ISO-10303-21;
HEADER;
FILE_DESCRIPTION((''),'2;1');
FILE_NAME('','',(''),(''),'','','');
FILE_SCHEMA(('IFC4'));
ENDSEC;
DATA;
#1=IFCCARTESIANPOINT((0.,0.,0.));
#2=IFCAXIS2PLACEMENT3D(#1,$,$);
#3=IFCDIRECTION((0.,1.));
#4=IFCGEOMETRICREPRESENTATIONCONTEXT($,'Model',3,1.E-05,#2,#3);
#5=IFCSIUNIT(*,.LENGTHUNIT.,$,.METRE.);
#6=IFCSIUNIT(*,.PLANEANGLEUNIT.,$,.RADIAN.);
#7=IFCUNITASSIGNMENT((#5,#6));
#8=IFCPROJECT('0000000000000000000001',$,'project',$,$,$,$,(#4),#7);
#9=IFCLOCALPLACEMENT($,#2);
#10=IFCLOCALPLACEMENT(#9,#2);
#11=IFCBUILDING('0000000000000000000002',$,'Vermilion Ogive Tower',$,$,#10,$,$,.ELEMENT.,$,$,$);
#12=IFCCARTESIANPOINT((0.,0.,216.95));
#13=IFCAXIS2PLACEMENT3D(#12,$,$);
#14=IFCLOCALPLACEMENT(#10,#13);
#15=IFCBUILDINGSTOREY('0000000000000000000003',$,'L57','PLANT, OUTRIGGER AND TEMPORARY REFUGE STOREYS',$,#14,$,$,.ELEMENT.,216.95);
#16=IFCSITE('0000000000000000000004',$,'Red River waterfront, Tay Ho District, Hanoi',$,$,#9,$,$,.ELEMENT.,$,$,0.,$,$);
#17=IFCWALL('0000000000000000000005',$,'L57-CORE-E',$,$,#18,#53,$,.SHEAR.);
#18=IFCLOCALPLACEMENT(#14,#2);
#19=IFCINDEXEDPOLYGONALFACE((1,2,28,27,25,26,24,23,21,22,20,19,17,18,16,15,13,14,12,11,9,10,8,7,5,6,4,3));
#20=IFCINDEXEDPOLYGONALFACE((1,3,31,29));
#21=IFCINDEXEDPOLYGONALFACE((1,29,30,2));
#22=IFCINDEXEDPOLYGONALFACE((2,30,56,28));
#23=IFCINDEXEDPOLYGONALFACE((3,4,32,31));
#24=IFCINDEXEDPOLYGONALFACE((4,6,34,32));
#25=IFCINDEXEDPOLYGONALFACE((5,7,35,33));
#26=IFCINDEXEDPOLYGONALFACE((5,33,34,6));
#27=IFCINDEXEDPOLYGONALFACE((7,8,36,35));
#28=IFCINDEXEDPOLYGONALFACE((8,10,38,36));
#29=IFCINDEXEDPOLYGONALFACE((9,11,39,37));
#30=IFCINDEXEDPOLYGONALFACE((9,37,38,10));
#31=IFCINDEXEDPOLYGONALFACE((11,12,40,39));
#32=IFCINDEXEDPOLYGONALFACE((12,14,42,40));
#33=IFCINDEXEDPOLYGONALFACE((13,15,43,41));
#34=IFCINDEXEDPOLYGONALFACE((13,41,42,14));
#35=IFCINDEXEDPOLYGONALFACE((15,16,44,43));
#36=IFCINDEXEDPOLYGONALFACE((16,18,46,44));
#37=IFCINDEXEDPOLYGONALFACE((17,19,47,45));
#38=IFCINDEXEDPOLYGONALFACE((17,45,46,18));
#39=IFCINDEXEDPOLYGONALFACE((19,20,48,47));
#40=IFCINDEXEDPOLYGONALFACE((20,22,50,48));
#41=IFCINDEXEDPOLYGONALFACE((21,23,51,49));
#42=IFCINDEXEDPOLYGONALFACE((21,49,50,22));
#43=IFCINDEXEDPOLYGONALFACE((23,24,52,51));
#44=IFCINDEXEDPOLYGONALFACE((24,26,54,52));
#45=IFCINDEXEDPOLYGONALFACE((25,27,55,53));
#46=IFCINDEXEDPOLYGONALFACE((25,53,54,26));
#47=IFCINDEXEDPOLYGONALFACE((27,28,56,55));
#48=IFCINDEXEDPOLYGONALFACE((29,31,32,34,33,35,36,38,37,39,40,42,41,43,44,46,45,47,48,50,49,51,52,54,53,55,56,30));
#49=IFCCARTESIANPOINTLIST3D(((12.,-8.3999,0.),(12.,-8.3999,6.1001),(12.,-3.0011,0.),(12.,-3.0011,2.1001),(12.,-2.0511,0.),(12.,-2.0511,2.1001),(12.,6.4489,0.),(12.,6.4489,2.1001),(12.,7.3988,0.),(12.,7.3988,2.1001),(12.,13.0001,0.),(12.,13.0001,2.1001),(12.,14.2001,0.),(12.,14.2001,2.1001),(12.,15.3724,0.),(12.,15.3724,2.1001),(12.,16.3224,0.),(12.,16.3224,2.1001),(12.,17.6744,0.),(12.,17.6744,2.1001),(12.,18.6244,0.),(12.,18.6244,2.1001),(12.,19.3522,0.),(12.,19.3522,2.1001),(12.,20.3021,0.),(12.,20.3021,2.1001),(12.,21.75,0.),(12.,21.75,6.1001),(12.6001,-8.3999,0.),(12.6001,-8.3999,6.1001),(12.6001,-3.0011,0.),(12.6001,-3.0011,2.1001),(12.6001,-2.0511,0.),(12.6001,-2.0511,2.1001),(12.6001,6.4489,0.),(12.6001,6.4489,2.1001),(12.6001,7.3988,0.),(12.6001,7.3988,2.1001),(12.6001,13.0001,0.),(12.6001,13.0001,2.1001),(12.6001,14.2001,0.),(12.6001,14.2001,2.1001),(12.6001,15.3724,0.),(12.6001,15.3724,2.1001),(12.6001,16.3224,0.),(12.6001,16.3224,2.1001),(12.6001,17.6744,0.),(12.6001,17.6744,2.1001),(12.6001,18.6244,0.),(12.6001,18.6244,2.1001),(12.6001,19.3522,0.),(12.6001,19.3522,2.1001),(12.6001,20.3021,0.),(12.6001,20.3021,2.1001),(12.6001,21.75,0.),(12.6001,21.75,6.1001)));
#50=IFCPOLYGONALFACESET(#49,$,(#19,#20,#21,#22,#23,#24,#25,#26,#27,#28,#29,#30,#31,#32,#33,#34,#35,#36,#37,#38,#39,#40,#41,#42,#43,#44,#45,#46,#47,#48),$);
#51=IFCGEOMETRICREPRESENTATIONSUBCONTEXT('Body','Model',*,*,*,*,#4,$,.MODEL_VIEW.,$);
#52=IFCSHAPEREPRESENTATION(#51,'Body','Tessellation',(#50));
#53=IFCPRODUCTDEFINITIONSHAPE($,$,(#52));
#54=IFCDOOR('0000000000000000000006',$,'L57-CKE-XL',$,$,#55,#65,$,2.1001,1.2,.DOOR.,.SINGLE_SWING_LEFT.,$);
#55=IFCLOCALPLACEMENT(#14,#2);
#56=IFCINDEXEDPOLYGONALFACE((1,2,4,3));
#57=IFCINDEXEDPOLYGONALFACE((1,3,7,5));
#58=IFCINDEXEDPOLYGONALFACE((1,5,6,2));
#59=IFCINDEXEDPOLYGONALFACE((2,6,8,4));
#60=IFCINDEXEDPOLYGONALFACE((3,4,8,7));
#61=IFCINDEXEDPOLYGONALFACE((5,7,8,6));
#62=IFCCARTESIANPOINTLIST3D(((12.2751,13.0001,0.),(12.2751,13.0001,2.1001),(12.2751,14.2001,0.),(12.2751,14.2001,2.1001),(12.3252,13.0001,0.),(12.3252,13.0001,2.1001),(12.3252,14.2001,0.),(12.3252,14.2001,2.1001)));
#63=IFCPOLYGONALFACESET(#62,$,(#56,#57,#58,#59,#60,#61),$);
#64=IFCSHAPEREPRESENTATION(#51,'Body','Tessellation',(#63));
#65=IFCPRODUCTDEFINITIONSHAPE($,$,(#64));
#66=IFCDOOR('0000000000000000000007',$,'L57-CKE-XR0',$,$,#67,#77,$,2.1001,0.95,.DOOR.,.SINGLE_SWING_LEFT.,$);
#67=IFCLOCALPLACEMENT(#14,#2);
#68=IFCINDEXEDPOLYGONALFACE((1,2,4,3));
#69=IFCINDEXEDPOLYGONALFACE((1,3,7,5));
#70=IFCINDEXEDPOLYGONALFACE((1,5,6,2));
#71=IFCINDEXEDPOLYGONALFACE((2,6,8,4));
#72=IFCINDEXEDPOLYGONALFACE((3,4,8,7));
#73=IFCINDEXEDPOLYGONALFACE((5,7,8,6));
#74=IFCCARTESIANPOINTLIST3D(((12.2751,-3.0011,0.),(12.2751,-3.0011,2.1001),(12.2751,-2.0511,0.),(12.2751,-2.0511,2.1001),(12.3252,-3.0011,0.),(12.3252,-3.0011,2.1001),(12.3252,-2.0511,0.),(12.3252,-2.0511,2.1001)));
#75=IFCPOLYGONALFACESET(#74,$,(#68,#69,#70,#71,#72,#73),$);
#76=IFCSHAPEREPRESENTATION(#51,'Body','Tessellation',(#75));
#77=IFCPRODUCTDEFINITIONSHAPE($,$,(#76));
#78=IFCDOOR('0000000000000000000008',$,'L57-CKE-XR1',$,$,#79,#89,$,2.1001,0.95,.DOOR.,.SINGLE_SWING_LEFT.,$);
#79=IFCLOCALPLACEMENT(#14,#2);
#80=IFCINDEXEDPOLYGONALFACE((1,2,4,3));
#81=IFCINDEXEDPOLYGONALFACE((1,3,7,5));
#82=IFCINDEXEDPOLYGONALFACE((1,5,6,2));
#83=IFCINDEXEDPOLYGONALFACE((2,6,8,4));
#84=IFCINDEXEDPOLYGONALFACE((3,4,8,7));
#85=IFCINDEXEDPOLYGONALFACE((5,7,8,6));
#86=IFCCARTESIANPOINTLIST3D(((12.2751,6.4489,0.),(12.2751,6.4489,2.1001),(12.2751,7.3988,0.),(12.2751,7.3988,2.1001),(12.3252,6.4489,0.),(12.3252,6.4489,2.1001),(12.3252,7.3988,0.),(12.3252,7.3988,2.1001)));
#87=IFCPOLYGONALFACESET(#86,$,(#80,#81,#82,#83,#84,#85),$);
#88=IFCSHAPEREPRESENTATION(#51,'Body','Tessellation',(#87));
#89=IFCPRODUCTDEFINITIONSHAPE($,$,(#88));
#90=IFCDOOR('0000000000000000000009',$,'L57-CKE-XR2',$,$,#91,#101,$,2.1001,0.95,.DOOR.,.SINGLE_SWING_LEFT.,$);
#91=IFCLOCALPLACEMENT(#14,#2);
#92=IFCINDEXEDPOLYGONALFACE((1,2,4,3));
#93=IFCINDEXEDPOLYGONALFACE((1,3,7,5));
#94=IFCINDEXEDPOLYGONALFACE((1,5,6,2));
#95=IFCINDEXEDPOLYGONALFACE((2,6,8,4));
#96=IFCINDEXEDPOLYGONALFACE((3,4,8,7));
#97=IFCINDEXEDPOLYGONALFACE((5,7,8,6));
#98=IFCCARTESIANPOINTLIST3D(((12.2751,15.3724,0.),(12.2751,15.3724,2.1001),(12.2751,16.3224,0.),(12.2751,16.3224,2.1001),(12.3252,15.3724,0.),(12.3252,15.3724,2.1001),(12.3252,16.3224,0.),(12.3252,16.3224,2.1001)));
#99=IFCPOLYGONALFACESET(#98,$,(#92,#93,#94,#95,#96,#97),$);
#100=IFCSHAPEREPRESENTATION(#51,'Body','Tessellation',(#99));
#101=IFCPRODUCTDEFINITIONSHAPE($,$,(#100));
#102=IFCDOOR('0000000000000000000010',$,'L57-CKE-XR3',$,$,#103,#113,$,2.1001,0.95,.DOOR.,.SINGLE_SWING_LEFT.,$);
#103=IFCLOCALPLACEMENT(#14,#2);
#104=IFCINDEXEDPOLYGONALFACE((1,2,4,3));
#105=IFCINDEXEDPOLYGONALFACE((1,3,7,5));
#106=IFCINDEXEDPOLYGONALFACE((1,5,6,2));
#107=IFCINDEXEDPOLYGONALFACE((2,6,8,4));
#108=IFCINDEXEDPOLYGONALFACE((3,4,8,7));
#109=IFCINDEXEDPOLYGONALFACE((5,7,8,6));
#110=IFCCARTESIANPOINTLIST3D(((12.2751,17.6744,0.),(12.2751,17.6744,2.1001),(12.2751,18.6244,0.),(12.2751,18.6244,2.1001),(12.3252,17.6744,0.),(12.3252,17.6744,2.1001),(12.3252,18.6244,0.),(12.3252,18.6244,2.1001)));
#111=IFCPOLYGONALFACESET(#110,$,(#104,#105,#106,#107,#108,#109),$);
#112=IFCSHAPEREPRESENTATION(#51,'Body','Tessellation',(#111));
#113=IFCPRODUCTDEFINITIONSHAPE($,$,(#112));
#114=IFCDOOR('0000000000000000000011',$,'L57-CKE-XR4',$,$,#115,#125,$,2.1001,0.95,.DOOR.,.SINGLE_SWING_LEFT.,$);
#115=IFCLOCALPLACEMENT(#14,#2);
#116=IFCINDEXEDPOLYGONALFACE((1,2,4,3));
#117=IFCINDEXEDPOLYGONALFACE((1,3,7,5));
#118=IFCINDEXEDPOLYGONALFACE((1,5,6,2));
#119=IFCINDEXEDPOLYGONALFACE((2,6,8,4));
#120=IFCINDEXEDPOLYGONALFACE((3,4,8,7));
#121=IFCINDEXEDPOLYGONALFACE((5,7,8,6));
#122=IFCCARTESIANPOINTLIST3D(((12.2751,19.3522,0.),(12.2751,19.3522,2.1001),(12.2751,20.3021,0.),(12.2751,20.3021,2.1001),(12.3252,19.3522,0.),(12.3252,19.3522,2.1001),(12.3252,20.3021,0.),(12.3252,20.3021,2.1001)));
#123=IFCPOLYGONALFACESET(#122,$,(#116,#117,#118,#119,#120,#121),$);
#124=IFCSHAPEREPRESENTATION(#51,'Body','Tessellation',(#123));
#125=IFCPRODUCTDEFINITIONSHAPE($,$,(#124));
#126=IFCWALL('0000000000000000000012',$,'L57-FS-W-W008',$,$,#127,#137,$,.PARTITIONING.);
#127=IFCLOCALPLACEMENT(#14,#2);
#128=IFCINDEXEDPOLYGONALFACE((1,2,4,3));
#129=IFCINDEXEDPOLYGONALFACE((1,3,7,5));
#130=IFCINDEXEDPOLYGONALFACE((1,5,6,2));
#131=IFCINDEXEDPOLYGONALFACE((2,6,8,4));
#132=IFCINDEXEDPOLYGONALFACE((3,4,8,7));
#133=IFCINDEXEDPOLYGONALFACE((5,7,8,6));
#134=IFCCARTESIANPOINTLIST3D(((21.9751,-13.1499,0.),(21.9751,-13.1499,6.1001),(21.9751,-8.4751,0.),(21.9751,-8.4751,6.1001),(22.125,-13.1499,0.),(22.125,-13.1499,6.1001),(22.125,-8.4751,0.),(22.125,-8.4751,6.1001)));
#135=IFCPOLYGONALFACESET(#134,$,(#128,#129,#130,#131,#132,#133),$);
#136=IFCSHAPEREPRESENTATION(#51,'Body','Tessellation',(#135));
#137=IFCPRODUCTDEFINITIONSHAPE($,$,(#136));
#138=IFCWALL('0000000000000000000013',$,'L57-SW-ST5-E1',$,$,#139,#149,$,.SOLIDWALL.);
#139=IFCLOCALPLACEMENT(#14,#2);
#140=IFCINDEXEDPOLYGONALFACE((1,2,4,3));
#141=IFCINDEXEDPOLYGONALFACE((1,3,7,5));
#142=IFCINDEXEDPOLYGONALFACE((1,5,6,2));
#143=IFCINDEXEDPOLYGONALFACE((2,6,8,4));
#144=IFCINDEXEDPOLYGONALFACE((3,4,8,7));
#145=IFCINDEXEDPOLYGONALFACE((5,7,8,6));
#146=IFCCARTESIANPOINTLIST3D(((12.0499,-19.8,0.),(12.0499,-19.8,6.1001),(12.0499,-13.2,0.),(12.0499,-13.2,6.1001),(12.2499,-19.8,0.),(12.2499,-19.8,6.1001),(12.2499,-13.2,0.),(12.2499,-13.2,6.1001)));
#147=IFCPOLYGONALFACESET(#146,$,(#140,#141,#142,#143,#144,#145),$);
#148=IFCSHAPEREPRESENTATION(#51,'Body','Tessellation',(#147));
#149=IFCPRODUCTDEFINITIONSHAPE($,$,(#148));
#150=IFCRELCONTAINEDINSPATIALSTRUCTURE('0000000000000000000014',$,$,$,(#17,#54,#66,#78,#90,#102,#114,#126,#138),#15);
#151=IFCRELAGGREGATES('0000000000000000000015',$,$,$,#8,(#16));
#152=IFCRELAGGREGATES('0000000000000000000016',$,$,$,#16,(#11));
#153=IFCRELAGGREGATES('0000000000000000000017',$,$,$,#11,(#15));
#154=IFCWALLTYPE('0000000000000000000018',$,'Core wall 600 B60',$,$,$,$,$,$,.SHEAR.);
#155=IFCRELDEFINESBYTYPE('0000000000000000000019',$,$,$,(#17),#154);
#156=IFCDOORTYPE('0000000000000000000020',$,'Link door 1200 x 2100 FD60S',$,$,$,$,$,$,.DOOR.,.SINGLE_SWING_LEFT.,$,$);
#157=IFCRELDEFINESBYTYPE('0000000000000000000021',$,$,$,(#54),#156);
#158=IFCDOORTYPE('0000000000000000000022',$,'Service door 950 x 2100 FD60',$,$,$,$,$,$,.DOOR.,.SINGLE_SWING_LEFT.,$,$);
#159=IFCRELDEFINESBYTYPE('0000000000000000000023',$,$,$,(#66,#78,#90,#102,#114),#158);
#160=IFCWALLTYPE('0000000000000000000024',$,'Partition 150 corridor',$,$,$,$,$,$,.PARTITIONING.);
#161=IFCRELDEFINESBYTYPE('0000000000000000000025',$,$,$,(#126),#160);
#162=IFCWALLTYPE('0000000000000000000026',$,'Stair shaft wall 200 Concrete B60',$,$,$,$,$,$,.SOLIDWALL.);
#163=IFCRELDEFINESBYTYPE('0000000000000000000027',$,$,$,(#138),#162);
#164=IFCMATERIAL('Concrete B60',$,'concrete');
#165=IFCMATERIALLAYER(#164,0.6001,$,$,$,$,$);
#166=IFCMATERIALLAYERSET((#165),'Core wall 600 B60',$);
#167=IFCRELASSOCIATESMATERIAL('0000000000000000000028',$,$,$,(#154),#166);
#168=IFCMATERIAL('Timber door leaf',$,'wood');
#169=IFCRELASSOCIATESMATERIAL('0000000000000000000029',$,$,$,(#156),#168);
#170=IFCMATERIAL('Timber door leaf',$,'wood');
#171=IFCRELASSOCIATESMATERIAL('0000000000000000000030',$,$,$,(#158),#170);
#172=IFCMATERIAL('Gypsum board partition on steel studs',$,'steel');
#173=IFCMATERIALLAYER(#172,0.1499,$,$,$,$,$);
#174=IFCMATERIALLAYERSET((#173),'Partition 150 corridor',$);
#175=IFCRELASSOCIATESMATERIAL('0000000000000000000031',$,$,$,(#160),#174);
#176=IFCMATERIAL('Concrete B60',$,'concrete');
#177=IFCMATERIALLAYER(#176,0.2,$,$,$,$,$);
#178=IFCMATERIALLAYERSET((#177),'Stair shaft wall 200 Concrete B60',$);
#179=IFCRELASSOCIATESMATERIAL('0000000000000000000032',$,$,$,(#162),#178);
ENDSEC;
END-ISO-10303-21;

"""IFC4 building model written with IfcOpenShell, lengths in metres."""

from ifc_helpers import new_model, si_unit, direction, frame, frame_2d, origin, place, context, subcontext, project, spatial, rectangle, extrude, material, layer, layer_set, type_object, element, fill, save


model = new_model("IFC4")

# Units and contexts
model_context = context("Model", 3, precision=1e-05, world=origin(), true_north=direction((0.0, 1.0)))
body_context = subcontext(model_context, "Body", "Model", "MODEL_VIEW")
ifc_project = project(units=[si_unit("LENGTHUNIT", "METRE"), si_unit("PLANEANGLEUNIT", "RADIAN")], contexts=[model_context])

# Site, building, storey
site_placement = place(None, origin())
site = spatial("IfcSite", under=ifc_project, at=site_placement, Name="Red River waterfront, Tay Ho District, Hanoi", CompositionType="ELEMENT", RefElevation=0.0)
building_placement = place(site_placement, origin())
building = spatial("IfcBuilding", under=site, at=building_placement, Name="Vermilion Ogive Tower", CompositionType="ELEMENT")
storey_placement = place(building_placement, frame((0.0, 0.0, 216.95)))
storey = spatial("IfcBuildingStorey", under=building, at=storey_placement, Name="L57", Description="PLANT, OUTRIGGER AND TEMPORARY REFUGE STOREYS", CompositionType="ELEMENT", Elevation=216.95)

# Wall, openings, doors
ifc_material_1 = material(Name="Concrete B60", Category="concrete")
ifc_layer_1 = layer(ifc_material_1, 0.6001)
ifc_layer_set_1 = layer_set([ifc_layer_1], Name="Core wall 600 B60")
wall_type_1 = type_object("IfcWallType", Name="Core wall 600 B60", PredefinedType="SHEAR", material=ifc_layer_set_1)
wall_1_placement = place(storey_placement, frame((12.3, -8.3999, 0.0), z_axis=(0.0, 0.0, 1.0), x_axis=(0.0, 1.0, 0.0)))
wall_1 = element("IfcWall", 1, at=wall_1_placement, inside=storey, type_object=wall_type_1, Name="L57-CORE-E", PredefinedType="SHEAR", context=body_context, shape_type="SweptSolid", body=[
    extrude(rectangle(XDim=30.1499, YDim=0.6001, at=frame_2d((15.075, 0.0))), origin(), (0.0, 0.0, 1.0), 6.1001),
])
opening_1_placement = place(wall_1_placement, frame((5.3987, 0.0, 0.0)))
opening_1 = element("IfcOpeningElement", 2, at=opening_1_placement, cuts=wall_1, PredefinedType="OPENING", context=body_context, shape_type="SweptSolid", body=[
    extrude(rectangle(XDim=0.95, YDim=2.1001, at=frame_2d((0.4751, 1.05))), frame((0.0, 0.3101, 0.0), z_axis=(0.0, -1.0, 0.0), x_axis=(1.0, 0.0, 0.0)), (0.0, 0.0, 1.0), 0.6201),
])
opening_2_placement = place(wall_1_placement, frame((14.8486, 0.0, 0.0)))
opening_2 = element("IfcOpeningElement", 3, at=opening_2_placement, cuts=wall_1, PredefinedType="OPENING", context=body_context, shape_type="SweptSolid", body=[
    extrude(rectangle(XDim=0.95, YDim=2.1001, at=frame_2d((0.4751, 1.05))), frame((0.0, 0.3101, 0.0), z_axis=(0.0, -1.0, 0.0), x_axis=(1.0, 0.0, 0.0)), (0.0, 0.0, 1.0), 0.6201),
])
opening_3_placement = place(wall_1_placement, frame((23.7722, 0.0, 0.0)))
opening_3 = element("IfcOpeningElement", 4, at=opening_3_placement, cuts=wall_1, PredefinedType="OPENING", context=body_context, shape_type="SweptSolid", body=[
    extrude(rectangle(XDim=0.95, YDim=2.1001, at=frame_2d((0.4751, 1.05))), frame((0.0, 0.3101, 0.0), z_axis=(0.0, -1.0, 0.0), x_axis=(1.0, 0.0, 0.0)), (0.0, 0.0, 1.0), 0.6201),
])
opening_4_placement = place(wall_1_placement, frame((26.0742, 0.0, 0.0)))
opening_4 = element("IfcOpeningElement", 5, at=opening_4_placement, cuts=wall_1, PredefinedType="OPENING", context=body_context, shape_type="SweptSolid", body=[
    extrude(rectangle(XDim=0.95, YDim=2.1001, at=frame_2d((0.4751, 1.05))), frame((0.0, 0.3101, 0.0), z_axis=(0.0, -1.0, 0.0), x_axis=(1.0, 0.0, 0.0)), (0.0, 0.0, 1.0), 0.6201),
])
opening_5_placement = place(wall_1_placement, frame((27.752, 0.0, 0.0)))
opening_5 = element("IfcOpeningElement", 6, at=opening_5_placement, cuts=wall_1, PredefinedType="OPENING", context=body_context, shape_type="SweptSolid", body=[
    extrude(rectangle(XDim=0.95, YDim=2.1001, at=frame_2d((0.4751, 1.05))), frame((0.0, 0.3101, 0.0), z_axis=(0.0, -1.0, 0.0), x_axis=(1.0, 0.0, 0.0)), (0.0, 0.0, 1.0), 0.6201),
])
opening_6_placement = place(wall_1_placement, frame((21.3999, 0.0, 0.0)))
opening_6 = element("IfcOpeningElement", 7, at=opening_6_placement, cuts=wall_1, PredefinedType="OPENING", context=body_context, shape_type="SweptSolid", body=[
    extrude(rectangle(XDim=1.2, YDim=2.1001, at=frame_2d((0.6001, 1.05))), frame((0.0, 0.3101, 0.0), z_axis=(0.0, -1.0, 0.0), x_axis=(1.0, 0.0, 0.0)), (0.0, 0.0, 1.0), 0.6201),
])
ifc_material_2 = material(Name="Timber door leaf", Category="wood")
door_type_1 = type_object("IfcDoorType", Name="Link door 1200 x 2100 FD60S", OperationType="SINGLE_SWING_LEFT", PredefinedType="DOOR", material=ifc_material_2)
door_1_placement = place(opening_6_placement, origin())
door_1 = element("IfcDoor", 8, at=door_1_placement, inside=storey, type_object=door_type_1, Name="L57-CKE-XL", OperationType="SINGLE_SWING_LEFT", OverallHeight=2.1001, OverallWidth=1.2, PredefinedType="DOOR", context=body_context, shape_type="SweptSolid", body=[
    extrude(rectangle(XDim=1.2, YDim=2.1001, at=frame_2d((0.6001, 1.05))), frame((0.0, 0.0249, 0.0), z_axis=(0.0, -1.0, 0.0), x_axis=(1.0, 0.0, 0.0)), (0.0, 0.0, 1.0), 0.05),
])
fill(opening_6, door_1)
ifc_material_3 = material(Name="Timber door leaf", Category="wood")
door_type_2 = type_object("IfcDoorType", Name="Service door 950 x 2100 FD60", OperationType="SINGLE_SWING_LEFT", PredefinedType="DOOR", material=ifc_material_3)
door_2_placement = place(opening_1_placement, origin())
door_2 = element("IfcDoor", 9, at=door_2_placement, inside=storey, type_object=door_type_2, Name="L57-CKE-XR0", OperationType="SINGLE_SWING_LEFT", OverallHeight=2.1001, OverallWidth=0.95, PredefinedType="DOOR", context=body_context, shape_type="SweptSolid", body=[
    extrude(rectangle(XDim=0.95, YDim=2.1001, at=frame_2d((0.4751, 1.05))), frame((0.0, 0.0249, 0.0), z_axis=(0.0, -1.0, 0.0), x_axis=(1.0, 0.0, 0.0)), (0.0, 0.0, 1.0), 0.05),
])
fill(opening_1, door_2)
door_3_placement = place(opening_2_placement, origin())
door_3 = element("IfcDoor", 10, at=door_3_placement, inside=storey, type_object=door_type_2, Name="L57-CKE-XR1", OperationType="SINGLE_SWING_LEFT", OverallHeight=2.1001, OverallWidth=0.95, PredefinedType="DOOR", context=body_context, shape_type="SweptSolid", body=[
    extrude(rectangle(XDim=0.95, YDim=2.1001, at=frame_2d((0.4751, 1.05))), frame((0.0, 0.0249, 0.0), z_axis=(0.0, -1.0, 0.0), x_axis=(1.0, 0.0, 0.0)), (0.0, 0.0, 1.0), 0.05),
])
fill(opening_2, door_3)
door_4_placement = place(opening_3_placement, origin())
door_4 = element("IfcDoor", 11, at=door_4_placement, inside=storey, type_object=door_type_2, Name="L57-CKE-XR2", OperationType="SINGLE_SWING_LEFT", OverallHeight=2.1001, OverallWidth=0.95, PredefinedType="DOOR", context=body_context, shape_type="SweptSolid", body=[
    extrude(rectangle(XDim=0.95, YDim=2.1001, at=frame_2d((0.4751, 1.05))), frame((0.0, 0.0249, 0.0), z_axis=(0.0, -1.0, 0.0), x_axis=(1.0, 0.0, 0.0)), (0.0, 0.0, 1.0), 0.05),
])
fill(opening_3, door_4)
door_5_placement = place(opening_4_placement, origin())
door_5 = element("IfcDoor", 12, at=door_5_placement, inside=storey, type_object=door_type_2, Name="L57-CKE-XR3", OperationType="SINGLE_SWING_LEFT", OverallHeight=2.1001, OverallWidth=0.95, PredefinedType="DOOR", context=body_context, shape_type="SweptSolid", body=[
    extrude(rectangle(XDim=0.95, YDim=2.1001, at=frame_2d((0.4751, 1.05))), frame((0.0, 0.0249, 0.0), z_axis=(0.0, -1.0, 0.0), x_axis=(1.0, 0.0, 0.0)), (0.0, 0.0, 1.0), 0.05),
])
fill(opening_4, door_5)
door_6_placement = place(opening_5_placement, origin())
door_6 = element("IfcDoor", 13, at=door_6_placement, inside=storey, type_object=door_type_2, Name="L57-CKE-XR4", OperationType="SINGLE_SWING_LEFT", OverallHeight=2.1001, OverallWidth=0.95, PredefinedType="DOOR", context=body_context, shape_type="SweptSolid", body=[
    extrude(rectangle(XDim=0.95, YDim=2.1001, at=frame_2d((0.4751, 1.05))), frame((0.0, 0.0249, 0.0), z_axis=(0.0, -1.0, 0.0), x_axis=(1.0, 0.0, 0.0)), (0.0, 0.0, 1.0), 0.05),
])
fill(opening_5, door_6)

# Walls
ifc_material_4 = material(Name="Gypsum board partition on steel studs", Category="steel")
ifc_layer_2 = layer(ifc_material_4, 0.1499)
ifc_layer_set_2 = layer_set([ifc_layer_2], Name="Partition 150 corridor")
wall_type_2 = type_object("IfcWallType", Name="Partition 150 corridor", PredefinedType="PARTITIONING", material=ifc_layer_set_2)
wall_2_placement = place(storey_placement, frame((22.05, -13.1499, 0.0), z_axis=(0.0, 0.0, 1.0), x_axis=(0.0, 1.0, 0.0)))
element("IfcWall", 14, at=wall_2_placement, inside=storey, type_object=wall_type_2, Name="L57-FS-W-W008", PredefinedType="PARTITIONING", context=body_context, shape_type="SweptSolid", body=[
    extrude(rectangle(XDim=4.6748, YDim=0.1499, at=frame_2d((2.3374, 0.0))), origin(), (0.0, 0.0, 1.0), 6.1001),
])
ifc_material_5 = material(Name="Concrete B60", Category="concrete")
ifc_layer_3 = layer(ifc_material_5, 0.2)
ifc_layer_set_3 = layer_set([ifc_layer_3], Name="Stair shaft wall 200 Concrete B60")
wall_type_3 = type_object("IfcWallType", Name="Stair shaft wall 200 Concrete B60", PredefinedType="SOLIDWALL", material=ifc_layer_set_3)
wall_3_placement = place(storey_placement, frame((12.1499, -19.8, 0.0), z_axis=(0.0, 0.0, 1.0), x_axis=(0.0, 1.0, 0.0)))
element("IfcWall", 15, at=wall_3_placement, inside=storey, type_object=wall_type_3, Name="L57-SW-ST5-E1", PredefinedType="SOLIDWALL", context=body_context, shape_type="SweptSolid", body=[
    extrude(rectangle(XDim=6.6001, YDim=0.2, at=frame_2d((3.3, 0.0))), origin(), (0.0, 0.0, 1.0), 6.1001),
])

save(model, "model.ifc")
